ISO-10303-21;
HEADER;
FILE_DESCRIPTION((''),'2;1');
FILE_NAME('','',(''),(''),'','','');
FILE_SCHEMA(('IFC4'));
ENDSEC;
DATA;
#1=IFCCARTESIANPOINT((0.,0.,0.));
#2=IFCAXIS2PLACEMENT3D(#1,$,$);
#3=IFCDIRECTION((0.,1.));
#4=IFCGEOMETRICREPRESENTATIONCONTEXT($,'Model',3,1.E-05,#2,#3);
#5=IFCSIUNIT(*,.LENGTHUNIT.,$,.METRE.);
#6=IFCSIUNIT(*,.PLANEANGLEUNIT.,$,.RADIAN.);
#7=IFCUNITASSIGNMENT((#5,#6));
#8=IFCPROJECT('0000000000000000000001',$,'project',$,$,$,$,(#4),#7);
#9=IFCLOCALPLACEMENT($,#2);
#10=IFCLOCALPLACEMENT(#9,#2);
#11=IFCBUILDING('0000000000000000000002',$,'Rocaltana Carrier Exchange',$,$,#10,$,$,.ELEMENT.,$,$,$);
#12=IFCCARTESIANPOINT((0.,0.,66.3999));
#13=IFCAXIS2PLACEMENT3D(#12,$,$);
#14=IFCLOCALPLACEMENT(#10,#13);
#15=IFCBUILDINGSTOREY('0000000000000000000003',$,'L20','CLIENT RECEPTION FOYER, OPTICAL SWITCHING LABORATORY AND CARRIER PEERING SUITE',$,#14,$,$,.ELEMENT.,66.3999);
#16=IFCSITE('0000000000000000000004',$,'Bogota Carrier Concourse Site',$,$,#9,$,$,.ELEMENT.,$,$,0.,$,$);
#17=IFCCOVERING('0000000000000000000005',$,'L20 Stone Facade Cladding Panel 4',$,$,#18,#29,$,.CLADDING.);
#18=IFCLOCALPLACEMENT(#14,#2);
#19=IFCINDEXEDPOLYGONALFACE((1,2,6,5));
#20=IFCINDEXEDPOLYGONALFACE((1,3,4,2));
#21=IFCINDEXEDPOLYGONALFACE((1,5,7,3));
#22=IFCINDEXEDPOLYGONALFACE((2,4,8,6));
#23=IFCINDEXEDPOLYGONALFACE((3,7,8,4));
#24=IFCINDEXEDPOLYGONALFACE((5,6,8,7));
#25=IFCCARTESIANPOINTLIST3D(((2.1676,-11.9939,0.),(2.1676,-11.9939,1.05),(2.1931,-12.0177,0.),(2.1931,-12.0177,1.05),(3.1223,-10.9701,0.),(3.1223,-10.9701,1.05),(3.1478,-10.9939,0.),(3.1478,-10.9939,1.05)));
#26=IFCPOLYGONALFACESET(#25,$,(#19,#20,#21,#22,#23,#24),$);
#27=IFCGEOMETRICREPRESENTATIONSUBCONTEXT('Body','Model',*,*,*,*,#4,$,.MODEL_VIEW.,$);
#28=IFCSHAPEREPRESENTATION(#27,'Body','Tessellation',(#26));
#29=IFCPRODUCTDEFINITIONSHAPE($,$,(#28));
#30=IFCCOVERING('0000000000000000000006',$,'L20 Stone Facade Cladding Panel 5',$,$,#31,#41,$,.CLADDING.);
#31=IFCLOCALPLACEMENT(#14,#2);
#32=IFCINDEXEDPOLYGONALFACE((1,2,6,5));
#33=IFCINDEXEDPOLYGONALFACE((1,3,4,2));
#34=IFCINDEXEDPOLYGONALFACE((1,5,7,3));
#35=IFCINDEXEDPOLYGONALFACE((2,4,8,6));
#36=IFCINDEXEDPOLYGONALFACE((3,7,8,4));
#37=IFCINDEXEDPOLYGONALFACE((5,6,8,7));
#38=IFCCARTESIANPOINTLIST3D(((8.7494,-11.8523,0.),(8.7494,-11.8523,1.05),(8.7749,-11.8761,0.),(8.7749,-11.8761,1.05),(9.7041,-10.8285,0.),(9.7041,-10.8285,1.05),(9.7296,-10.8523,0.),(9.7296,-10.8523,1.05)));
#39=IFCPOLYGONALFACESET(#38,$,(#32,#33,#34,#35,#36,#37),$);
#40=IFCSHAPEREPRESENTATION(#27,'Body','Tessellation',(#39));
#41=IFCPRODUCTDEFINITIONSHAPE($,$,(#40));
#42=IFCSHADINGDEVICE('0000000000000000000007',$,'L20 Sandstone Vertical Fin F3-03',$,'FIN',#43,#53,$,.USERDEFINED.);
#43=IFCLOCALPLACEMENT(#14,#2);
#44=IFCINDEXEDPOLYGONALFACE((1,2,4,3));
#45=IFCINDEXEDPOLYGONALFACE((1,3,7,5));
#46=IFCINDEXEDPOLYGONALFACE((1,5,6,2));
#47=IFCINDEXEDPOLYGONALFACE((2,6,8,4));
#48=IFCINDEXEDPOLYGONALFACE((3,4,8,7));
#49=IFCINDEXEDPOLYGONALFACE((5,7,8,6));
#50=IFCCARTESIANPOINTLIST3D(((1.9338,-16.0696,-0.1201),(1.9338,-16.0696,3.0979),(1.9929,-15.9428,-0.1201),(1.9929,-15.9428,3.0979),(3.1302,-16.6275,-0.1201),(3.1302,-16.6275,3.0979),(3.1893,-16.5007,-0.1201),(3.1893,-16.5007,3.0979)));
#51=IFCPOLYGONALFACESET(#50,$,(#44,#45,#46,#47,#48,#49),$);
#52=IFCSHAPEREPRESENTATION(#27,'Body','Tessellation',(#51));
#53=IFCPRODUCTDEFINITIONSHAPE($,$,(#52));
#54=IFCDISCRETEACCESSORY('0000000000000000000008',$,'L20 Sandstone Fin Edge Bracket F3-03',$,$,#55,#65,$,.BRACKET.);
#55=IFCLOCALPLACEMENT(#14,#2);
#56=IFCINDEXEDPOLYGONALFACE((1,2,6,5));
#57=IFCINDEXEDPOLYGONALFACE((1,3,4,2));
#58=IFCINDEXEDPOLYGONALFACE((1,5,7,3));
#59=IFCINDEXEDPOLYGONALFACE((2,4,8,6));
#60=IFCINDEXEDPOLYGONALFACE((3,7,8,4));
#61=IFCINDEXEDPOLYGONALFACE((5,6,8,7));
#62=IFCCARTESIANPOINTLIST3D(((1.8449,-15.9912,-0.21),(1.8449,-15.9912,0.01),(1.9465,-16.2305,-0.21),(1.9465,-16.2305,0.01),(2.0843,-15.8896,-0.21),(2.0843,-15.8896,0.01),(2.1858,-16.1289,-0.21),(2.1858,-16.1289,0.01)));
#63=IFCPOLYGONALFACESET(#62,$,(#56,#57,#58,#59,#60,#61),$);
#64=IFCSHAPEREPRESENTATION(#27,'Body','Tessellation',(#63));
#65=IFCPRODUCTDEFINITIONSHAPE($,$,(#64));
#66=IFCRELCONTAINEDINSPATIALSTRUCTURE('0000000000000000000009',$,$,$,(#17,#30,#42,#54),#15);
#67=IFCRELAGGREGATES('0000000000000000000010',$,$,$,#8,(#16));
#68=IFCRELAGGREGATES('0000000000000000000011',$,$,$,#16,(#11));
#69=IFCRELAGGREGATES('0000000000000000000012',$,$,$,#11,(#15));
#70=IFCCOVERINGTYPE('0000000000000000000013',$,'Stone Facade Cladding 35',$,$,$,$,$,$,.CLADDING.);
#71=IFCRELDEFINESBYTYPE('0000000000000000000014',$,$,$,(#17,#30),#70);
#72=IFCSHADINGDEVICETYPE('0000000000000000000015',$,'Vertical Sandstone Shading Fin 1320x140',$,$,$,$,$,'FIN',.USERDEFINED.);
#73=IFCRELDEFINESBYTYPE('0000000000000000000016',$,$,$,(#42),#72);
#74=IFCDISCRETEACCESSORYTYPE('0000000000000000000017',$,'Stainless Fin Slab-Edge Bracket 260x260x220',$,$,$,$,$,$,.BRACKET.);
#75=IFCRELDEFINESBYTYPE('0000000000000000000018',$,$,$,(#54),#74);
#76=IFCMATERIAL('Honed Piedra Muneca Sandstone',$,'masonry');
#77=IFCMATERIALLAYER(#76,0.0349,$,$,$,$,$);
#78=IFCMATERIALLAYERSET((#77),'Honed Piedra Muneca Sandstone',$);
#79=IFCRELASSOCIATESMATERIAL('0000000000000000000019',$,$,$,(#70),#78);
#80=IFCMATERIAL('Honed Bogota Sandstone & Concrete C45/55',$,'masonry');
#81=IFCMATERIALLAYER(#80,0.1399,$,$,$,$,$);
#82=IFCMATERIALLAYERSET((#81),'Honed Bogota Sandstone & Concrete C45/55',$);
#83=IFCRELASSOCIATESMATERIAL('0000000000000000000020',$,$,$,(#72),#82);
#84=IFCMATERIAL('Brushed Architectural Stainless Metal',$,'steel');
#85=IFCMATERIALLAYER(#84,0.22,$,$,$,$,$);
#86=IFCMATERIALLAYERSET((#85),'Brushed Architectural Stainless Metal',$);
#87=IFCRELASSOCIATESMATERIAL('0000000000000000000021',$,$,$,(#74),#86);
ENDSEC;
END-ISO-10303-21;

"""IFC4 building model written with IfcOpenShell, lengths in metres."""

from ifc_helpers import new_model, si_unit, direction, frame, origin, origin_2d, place, context, subcontext, project, spatial, rectangle, extrude, material, layer, layer_set, type_object, element, save


model = new_model("IFC4")

# Units and contexts
model_context = context("Model", 3, precision=1e-05, world=origin(), true_north=direction((0.0, 1.0)))
body_context = subcontext(model_context, "Body", "Model", "MODEL_VIEW")
ifc_project = project(units=[si_unit("LENGTHUNIT", "METRE"), si_unit("PLANEANGLEUNIT", "RADIAN")], contexts=[model_context])

# Site, building, storey
site_placement = place(None, origin())
site = spatial("IfcSite", under=ifc_project, at=site_placement, Name="Bogota Carrier Concourse Site", CompositionType="ELEMENT", RefElevation=0.0)
building_placement = place(site_placement, origin())
building = spatial("IfcBuilding", under=site, at=building_placement, Name="Rocaltana Carrier Exchange", CompositionType="ELEMENT")
storey_placement = place(building_placement, frame((0.0, 0.0, 66.3999)))
storey = spatial("IfcBuildingStorey", under=building, at=storey_placement, Name="L20", Description="CLIENT RECEPTION FOYER, OPTICAL SWITCHING LABORATORY AND CARRIER PEERING SUITE", CompositionType="ELEMENT", Elevation=66.3999)

# Coverings
ifc_material_1 = material(Name="Honed Piedra Muneca Sandstone", Category="masonry")
ifc_layer_1 = layer(ifc_material_1, 0.0349)
ifc_layer_set_1 = layer_set([ifc_layer_1], Name="Honed Piedra Muneca Sandstone")
covering_type = type_object("IfcCoveringType", Name="Stone Facade Cladding 35", PredefinedType="CLADDING", material=ifc_layer_set_1)
for number, where, z_axis, x_axis, name in (
    (1, (2.6577, -11.4939, 0.0), (0.0, 0.0, 1.0), (0.681998, 0.731354, 0.0), "L20 Stone Facade Cladding Panel 4"),
    (2, (9.2395, -11.3523, 0.0), (0.0, 0.0, 1.0), (0.681998, 0.731354, 0.0), "L20 Stone Facade Cladding Panel 5"),
):
    element("IfcCovering", number, at=place(storey_placement, frame(where, z_axis=z_axis, x_axis=x_axis)), inside=storey, type_object=covering_type, Name=name, PredefinedType="CLADDING", context=body_context, shape_type="SweptSolid", body=[
        extrude(rectangle(XDim=1.3999, YDim=0.0349, at=origin_2d()), origin(), (0.0, 0.0, 1.0), 1.05),
    ])

# Shading device
ifc_material_2 = material(Name="Honed Bogota Sandstone & Concrete C45/55", Category="masonry")
ifc_layer_2 = layer(ifc_material_2, 0.1399)
ifc_layer_set_2 = layer_set([ifc_layer_2], Name="Honed Bogota Sandstone & Concrete C45/55")
shading_device_type = type_object("IfcShadingDeviceType", Name="Vertical Sandstone Shading Fin 1320x140", ElementType="FIN", PredefinedType="USERDEFINED", material=ifc_layer_set_2)
shading_device_placement = place(storey_placement, frame((2.5615, -16.2852, -0.1201), z_axis=(0.0, 0.0, 1.0), x_axis=(0.906308, -0.422618, 0.0)))
element("IfcShadingDevice", 3, at=shading_device_placement, inside=storey, type_object=shading_device_type, Name="L20 Sandstone Vertical Fin F3-03", ObjectType="FIN", PredefinedType="USERDEFINED", context=body_context, shape_type="SweptSolid", body=[
    extrude(rectangle(XDim=1.3201, YDim=0.1399, at=origin_2d()), origin(), (0.0, 0.0, 1.0), 3.218),
])

# Discrete accessory
ifc_material_3 = material(Name="Brushed Architectural Stainless Metal", Category="steel")
ifc_layer_3 = layer(ifc_material_3, 0.22)
ifc_layer_set_3 = layer_set([ifc_layer_3], Name="Brushed Architectural Stainless Metal")
discrete_accessory_type = type_object("IfcDiscreteAccessoryType", Name="Stainless Fin Slab-Edge Bracket 260x260x220", PredefinedType="BRACKET", material=ifc_layer_set_3)
discrete_accessory_placement = place(storey_placement, frame((2.0154, -16.0601, -0.21), z_axis=(0.0, 0.0, 1.0), x_axis=(0.920505, 0.390731, 0.0)))
element("IfcDiscreteAccessory", 4, at=discrete_accessory_placement, inside=storey, type_object=discrete_accessory_type, Name="L20 Sandstone Fin Edge Bracket F3-03", PredefinedType="BRACKET", context=body_context, shape_type="SweptSolid", body=[
    extrude(rectangle(XDim=0.26, YDim=0.26, at=origin_2d()), origin(), (0.0, 0.0, 1.0), 0.22),
])

save(model, "model.ifc")
